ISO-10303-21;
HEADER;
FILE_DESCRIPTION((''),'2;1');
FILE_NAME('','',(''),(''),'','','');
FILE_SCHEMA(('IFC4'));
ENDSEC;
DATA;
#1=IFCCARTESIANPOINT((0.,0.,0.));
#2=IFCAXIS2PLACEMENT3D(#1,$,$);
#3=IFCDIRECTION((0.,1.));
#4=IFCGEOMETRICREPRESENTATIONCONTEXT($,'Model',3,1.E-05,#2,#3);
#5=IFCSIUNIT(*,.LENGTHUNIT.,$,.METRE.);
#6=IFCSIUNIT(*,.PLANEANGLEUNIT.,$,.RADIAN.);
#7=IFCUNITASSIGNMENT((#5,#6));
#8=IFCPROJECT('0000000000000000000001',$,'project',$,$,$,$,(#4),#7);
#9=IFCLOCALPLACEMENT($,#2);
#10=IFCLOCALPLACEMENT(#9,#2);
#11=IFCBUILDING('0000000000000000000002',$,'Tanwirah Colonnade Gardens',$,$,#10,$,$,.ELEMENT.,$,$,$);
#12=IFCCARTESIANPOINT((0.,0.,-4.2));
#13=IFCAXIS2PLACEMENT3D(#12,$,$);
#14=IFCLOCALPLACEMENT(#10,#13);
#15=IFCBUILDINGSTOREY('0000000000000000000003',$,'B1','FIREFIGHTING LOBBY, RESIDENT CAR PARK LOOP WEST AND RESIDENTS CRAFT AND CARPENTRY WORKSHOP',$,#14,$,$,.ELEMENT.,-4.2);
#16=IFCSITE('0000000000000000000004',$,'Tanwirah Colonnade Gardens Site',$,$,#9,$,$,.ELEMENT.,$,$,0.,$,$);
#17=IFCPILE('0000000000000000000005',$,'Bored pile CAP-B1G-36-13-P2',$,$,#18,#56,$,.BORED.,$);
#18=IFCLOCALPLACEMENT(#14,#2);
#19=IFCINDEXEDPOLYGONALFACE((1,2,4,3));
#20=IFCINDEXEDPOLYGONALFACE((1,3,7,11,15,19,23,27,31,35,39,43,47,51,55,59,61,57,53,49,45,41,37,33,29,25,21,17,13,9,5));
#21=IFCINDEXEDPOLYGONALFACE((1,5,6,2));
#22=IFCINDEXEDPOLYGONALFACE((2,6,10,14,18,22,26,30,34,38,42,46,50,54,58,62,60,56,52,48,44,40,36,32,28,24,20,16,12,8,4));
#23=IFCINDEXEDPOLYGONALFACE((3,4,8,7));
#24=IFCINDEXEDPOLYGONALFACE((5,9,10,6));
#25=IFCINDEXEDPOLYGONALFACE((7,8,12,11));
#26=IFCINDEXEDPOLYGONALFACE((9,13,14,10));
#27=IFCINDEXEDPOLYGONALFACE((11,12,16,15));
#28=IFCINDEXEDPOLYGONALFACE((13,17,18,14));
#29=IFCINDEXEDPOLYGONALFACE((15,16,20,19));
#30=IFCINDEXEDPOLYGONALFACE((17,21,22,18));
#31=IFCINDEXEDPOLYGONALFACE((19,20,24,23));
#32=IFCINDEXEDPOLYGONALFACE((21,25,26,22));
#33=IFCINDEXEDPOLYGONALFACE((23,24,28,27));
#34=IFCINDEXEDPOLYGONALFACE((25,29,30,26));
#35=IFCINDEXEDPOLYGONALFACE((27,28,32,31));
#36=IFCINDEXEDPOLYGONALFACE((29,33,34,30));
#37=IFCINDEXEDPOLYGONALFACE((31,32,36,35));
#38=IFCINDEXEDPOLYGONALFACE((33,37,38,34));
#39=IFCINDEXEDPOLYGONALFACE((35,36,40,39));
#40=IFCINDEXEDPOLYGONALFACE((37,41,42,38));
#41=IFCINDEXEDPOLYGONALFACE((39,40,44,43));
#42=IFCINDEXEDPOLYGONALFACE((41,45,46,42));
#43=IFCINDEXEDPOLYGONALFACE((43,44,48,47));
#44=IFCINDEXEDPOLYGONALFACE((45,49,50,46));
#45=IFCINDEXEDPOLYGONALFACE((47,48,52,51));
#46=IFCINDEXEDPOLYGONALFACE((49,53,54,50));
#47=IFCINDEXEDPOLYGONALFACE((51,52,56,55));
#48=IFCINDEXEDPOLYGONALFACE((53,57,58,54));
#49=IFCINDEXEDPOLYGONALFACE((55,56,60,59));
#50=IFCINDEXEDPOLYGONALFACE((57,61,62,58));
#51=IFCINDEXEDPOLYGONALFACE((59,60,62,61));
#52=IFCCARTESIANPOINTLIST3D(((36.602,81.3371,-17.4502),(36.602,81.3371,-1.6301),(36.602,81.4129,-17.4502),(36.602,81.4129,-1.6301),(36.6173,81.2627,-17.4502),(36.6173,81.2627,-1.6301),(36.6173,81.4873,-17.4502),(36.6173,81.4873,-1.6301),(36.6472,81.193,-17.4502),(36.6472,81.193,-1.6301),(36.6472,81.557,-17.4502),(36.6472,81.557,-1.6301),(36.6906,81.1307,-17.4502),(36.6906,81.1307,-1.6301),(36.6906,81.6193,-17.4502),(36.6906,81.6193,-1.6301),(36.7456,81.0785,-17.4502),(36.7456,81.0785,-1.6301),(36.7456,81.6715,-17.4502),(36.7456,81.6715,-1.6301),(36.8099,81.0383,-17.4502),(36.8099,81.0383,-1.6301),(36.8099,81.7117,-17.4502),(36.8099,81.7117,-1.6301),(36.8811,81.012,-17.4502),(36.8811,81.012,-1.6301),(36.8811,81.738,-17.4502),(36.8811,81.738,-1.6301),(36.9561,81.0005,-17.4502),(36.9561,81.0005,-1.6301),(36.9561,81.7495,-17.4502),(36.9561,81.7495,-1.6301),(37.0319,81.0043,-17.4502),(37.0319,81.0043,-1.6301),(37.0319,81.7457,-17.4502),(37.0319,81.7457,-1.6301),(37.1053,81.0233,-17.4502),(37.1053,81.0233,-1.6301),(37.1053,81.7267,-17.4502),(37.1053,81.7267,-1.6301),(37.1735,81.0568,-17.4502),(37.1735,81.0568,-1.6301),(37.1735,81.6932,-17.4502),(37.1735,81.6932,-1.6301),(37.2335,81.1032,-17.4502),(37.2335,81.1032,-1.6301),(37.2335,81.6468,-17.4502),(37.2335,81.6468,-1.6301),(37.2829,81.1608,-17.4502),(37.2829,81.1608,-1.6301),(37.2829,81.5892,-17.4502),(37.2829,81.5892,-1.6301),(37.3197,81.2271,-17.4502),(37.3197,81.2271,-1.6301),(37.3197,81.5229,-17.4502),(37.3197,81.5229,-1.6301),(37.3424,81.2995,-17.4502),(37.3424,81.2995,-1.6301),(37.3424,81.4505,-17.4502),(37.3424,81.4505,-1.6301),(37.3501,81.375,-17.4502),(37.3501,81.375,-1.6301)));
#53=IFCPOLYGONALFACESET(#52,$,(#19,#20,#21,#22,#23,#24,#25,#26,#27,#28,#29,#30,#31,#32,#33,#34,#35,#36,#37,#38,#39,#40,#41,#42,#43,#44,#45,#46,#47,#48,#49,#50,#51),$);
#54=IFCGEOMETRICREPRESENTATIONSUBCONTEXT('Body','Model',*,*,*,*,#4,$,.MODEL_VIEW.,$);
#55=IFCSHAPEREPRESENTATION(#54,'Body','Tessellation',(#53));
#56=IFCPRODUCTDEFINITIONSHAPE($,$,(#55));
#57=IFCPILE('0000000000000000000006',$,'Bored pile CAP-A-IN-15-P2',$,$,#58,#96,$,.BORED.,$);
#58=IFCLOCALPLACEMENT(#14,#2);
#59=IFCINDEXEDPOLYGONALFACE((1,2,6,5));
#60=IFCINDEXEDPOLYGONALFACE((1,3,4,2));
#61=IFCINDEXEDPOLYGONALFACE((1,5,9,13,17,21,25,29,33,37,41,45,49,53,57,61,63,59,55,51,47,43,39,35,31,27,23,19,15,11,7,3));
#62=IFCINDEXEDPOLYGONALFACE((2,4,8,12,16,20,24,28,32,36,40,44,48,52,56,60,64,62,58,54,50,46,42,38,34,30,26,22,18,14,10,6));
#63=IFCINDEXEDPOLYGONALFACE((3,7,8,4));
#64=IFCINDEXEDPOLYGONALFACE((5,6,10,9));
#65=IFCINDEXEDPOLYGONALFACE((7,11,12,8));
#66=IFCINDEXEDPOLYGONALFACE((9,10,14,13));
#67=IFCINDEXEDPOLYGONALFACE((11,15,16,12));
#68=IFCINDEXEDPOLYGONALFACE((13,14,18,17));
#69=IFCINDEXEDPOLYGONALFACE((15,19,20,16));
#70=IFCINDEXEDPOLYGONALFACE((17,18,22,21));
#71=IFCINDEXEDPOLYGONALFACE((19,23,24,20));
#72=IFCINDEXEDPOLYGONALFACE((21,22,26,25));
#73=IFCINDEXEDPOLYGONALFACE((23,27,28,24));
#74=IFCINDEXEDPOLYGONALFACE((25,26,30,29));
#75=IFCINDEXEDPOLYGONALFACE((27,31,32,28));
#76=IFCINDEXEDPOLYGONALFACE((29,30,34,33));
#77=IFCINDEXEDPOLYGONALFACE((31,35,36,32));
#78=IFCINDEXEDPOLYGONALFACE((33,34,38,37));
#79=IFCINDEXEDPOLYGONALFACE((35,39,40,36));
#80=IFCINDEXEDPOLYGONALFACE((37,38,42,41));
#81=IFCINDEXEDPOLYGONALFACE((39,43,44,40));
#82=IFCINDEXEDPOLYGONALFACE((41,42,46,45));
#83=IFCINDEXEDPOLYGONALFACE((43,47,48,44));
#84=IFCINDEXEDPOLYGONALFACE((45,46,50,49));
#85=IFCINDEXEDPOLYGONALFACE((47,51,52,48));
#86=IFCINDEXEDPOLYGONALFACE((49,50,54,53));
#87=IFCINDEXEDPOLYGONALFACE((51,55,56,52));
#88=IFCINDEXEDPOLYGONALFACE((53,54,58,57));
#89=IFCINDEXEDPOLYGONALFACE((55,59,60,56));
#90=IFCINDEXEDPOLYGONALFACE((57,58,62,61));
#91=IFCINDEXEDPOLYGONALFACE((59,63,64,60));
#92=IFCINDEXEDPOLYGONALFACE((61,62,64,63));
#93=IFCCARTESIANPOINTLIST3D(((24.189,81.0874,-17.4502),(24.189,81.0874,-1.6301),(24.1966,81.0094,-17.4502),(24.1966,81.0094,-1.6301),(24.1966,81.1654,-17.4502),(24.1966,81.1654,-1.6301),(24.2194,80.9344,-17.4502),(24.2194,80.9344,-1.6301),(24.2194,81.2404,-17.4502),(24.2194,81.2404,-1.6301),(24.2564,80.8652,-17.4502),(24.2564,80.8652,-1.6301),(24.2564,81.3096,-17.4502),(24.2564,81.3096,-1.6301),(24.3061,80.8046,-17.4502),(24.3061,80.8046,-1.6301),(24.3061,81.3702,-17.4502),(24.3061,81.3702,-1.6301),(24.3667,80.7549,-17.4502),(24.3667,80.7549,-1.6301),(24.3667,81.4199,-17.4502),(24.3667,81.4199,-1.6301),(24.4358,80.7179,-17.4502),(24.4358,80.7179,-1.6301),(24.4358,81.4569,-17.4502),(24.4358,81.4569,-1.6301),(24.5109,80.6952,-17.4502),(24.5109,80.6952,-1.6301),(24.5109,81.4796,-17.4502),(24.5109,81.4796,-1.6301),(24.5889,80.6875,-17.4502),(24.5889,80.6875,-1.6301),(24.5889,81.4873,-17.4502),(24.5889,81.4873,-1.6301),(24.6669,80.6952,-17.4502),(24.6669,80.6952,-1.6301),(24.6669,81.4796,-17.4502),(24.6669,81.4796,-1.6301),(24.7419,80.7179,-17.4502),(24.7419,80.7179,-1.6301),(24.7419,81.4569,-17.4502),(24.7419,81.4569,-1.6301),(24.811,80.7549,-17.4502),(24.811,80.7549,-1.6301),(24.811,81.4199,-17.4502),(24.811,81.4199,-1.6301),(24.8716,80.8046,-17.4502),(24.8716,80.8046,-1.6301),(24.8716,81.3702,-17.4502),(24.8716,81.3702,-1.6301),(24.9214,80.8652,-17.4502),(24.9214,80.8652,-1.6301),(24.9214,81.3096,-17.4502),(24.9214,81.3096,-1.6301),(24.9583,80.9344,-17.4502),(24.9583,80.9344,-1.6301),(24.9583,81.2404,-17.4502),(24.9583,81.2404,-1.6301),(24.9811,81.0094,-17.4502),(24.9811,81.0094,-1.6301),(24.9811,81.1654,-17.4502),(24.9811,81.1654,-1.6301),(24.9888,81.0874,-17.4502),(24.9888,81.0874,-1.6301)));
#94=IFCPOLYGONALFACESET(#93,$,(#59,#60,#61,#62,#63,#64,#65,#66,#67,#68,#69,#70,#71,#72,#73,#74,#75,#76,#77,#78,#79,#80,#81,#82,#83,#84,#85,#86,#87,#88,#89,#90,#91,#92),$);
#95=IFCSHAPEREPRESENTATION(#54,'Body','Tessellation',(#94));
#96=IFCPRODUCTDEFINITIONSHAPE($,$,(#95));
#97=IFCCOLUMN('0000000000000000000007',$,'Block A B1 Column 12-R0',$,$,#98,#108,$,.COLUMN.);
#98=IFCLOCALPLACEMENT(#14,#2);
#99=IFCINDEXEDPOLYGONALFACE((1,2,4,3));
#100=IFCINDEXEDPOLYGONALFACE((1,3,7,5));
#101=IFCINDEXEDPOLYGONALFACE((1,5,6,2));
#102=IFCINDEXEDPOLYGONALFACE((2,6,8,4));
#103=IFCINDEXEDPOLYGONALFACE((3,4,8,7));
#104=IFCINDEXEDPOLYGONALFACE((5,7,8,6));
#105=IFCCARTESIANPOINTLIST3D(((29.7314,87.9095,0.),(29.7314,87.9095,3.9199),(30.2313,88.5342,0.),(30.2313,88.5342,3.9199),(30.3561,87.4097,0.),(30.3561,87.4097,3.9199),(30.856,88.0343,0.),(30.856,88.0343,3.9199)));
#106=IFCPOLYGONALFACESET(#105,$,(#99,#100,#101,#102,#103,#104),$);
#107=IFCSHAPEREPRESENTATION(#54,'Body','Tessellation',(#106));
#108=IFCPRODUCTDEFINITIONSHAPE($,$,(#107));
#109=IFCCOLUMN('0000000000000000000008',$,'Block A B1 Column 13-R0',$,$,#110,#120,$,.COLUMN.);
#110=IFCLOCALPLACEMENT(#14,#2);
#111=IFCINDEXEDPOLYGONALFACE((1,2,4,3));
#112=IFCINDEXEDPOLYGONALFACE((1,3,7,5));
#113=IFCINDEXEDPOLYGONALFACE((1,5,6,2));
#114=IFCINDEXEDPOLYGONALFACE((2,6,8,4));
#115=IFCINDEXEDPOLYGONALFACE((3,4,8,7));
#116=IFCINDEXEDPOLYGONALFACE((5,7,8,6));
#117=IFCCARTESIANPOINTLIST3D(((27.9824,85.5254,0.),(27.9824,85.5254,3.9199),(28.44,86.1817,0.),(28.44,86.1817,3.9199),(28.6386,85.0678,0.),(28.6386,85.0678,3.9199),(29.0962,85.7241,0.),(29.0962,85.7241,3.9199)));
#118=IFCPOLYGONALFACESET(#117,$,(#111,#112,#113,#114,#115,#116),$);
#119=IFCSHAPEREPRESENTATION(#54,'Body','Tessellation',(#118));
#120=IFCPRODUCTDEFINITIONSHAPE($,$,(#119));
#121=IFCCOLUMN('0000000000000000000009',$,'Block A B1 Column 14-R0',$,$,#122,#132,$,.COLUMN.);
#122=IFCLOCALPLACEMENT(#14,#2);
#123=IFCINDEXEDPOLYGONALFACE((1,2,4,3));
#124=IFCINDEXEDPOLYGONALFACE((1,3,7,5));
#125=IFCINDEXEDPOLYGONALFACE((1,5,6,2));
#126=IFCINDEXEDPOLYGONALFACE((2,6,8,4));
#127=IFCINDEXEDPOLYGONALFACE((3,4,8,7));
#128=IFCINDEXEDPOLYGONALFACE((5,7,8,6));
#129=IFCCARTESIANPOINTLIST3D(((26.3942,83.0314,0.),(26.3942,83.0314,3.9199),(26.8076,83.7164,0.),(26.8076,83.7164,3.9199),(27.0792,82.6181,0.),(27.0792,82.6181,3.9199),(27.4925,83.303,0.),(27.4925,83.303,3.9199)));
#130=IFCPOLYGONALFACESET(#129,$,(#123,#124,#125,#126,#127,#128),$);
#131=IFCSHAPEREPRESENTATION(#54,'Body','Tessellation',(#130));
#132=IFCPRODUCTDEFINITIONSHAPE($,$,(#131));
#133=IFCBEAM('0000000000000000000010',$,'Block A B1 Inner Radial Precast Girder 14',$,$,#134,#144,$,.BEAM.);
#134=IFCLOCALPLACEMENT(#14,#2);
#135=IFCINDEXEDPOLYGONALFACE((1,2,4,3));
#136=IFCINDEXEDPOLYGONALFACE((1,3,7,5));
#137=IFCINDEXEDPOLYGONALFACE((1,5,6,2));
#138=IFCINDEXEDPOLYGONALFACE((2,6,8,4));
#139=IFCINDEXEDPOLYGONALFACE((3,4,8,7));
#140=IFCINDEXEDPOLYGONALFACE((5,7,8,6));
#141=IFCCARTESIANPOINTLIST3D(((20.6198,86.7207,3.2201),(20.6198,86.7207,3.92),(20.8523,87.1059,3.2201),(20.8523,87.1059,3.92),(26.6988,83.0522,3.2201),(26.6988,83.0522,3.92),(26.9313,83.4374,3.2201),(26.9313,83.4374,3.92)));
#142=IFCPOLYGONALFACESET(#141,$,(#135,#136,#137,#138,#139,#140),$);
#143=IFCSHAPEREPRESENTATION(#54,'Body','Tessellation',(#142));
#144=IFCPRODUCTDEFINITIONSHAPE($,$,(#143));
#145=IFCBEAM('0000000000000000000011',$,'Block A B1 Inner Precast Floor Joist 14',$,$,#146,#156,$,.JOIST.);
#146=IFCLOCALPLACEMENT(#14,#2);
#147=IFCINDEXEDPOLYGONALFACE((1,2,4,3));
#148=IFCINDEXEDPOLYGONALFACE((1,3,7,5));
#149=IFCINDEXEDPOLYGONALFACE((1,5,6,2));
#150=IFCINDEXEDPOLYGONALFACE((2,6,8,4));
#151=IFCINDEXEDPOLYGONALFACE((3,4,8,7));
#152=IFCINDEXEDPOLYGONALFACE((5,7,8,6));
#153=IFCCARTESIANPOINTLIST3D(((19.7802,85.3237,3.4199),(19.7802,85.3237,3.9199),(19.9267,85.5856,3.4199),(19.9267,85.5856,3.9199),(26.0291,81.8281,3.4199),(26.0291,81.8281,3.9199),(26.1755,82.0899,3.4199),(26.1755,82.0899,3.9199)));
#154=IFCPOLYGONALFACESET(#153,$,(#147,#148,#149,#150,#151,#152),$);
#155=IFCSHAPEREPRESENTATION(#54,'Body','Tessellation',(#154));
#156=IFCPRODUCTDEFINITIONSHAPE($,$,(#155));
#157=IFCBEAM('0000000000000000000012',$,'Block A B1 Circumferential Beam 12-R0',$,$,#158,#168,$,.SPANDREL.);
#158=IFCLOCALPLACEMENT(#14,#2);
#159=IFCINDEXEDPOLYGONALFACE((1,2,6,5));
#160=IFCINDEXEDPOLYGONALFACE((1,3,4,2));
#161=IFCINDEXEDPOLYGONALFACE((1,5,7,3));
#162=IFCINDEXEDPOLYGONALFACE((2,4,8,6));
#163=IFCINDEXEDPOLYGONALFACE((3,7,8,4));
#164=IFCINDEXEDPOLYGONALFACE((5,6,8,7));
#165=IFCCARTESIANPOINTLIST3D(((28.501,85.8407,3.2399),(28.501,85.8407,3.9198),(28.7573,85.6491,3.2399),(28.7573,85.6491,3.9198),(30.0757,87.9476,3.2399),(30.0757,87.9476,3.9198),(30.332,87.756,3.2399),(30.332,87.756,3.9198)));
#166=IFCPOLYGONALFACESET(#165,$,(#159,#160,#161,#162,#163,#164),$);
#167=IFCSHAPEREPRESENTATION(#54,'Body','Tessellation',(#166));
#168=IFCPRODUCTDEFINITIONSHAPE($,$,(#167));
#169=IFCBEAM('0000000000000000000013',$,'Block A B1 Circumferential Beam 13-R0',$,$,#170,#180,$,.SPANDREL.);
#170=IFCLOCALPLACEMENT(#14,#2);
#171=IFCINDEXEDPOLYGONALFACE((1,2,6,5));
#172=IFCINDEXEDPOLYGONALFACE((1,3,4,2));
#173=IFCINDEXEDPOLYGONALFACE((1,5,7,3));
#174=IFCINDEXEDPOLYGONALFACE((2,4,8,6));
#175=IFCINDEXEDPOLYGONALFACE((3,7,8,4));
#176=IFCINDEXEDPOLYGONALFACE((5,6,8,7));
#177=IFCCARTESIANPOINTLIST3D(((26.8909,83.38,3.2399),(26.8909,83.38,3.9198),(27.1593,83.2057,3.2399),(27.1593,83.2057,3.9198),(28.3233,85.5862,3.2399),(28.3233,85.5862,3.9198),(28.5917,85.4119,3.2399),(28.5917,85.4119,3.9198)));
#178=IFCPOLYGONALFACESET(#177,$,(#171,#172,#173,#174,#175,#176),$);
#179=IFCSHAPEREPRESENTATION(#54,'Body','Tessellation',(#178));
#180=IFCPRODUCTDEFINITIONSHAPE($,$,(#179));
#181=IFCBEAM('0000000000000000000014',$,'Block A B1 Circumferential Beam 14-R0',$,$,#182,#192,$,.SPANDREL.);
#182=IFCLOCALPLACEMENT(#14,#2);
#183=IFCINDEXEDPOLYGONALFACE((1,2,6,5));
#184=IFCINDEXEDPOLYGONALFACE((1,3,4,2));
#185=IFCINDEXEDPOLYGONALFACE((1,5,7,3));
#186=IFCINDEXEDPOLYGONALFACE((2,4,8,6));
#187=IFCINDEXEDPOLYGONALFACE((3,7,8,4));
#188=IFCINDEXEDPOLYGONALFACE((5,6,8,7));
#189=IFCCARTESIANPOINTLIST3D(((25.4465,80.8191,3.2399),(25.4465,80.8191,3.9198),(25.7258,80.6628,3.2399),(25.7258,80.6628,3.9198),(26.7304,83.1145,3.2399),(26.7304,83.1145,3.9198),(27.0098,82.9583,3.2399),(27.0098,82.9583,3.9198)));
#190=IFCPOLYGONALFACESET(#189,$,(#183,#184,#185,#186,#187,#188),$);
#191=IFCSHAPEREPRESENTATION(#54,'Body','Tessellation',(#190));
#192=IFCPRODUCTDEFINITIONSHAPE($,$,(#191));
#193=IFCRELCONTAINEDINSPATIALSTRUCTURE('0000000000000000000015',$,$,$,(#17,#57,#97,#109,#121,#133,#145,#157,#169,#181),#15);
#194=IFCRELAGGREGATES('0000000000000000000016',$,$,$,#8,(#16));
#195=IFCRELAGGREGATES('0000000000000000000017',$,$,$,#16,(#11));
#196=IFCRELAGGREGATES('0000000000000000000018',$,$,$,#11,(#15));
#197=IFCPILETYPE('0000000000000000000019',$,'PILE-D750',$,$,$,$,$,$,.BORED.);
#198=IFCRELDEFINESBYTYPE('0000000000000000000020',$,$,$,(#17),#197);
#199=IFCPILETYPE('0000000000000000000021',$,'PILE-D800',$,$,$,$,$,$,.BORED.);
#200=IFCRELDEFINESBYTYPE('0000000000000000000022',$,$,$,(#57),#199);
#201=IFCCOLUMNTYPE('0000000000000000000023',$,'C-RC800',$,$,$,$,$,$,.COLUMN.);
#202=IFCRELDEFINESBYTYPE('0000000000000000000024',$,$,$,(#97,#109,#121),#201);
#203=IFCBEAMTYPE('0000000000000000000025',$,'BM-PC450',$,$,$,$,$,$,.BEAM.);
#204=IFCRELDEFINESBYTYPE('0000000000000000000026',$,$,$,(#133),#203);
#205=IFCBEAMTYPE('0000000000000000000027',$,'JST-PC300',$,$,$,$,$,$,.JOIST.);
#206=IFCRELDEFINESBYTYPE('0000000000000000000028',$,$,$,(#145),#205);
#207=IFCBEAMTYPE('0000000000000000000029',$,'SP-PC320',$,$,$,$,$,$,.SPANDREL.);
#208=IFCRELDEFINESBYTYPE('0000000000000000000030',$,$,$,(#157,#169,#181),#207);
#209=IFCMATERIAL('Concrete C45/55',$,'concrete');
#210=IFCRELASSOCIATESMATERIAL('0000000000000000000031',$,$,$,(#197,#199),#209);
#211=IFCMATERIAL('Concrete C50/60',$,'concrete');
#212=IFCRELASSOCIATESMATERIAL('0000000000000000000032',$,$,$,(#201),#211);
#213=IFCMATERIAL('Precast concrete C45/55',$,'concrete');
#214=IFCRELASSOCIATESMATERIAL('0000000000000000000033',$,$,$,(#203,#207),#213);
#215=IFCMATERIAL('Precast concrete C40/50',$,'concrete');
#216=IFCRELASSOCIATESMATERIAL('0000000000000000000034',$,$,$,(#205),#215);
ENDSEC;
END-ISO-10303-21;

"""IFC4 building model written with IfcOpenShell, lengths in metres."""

from ifc_helpers import new_model, si_unit, direction, frame, origin, origin_2d, place, context, subcontext, project, spatial, rectangle, circle, extrude, material, material_profile, profile_set, type_object, element, save


model = new_model("IFC4")

# Units and contexts
model_context = context("Model", 3, precision=1e-05, world=origin(), true_north=direction((0.0, 1.0)))
body_context = subcontext(model_context, "Body", "Model", "MODEL_VIEW")
ifc_project = project(units=[si_unit("LENGTHUNIT", "METRE"), si_unit("PLANEANGLEUNIT", "RADIAN")], contexts=[model_context])

# Site, building, storey
site_placement = place(None, origin())
site = spatial("IfcSite", under=ifc_project, at=site_placement, Name="Tanwirah Colonnade Gardens Site", CompositionType="ELEMENT", RefElevation=0.0)
building_placement = place(site_placement, origin())
building = spatial("IfcBuilding", under=site, at=building_placement, Name="Tanwirah Colonnade Gardens", CompositionType="ELEMENT")
storey_placement = place(building_placement, frame((0.0, 0.0, -4.2)))
storey = spatial("IfcBuildingStorey", under=building, at=storey_placement, Name="B1", Description="FIREFIGHTING LOBBY, RESIDENT CAR PARK LOOP WEST AND RESIDENTS CRAFT AND CARPENTRY WORKSHOP", CompositionType="ELEMENT", Elevation=-4.2)

# Shared definitions
ifc_material_1 = material(Name="Concrete C45/55", Category="concrete")

# Piles
ifc_material_profile_1 = material_profile(ifc_material_1, circle(Radius=0.375, at=origin_2d()), Name="PILE D750")
ifc_profile_set_1 = profile_set([ifc_material_profile_1], Name="Concrete C45/55")
pile_type_1 = type_object("IfcPileType", Name="PILE-D750", PredefinedType="BORED", material=ifc_profile_set_1)
pile_1_placement = place(storey_placement, frame((36.9751, 81.375, -1.6301), z_axis=(0.0, 0.0, -1.0), x_axis=(1.0, 0.0, 0.0)))
element("IfcPile", 1, at=pile_1_placement, inside=storey, type_object=pile_type_1, Name="Bored pile CAP-B1G-36-13-P2", PredefinedType="BORED", context=body_context, shape_type="SweptSolid", body=[
    extrude(circle(Radius=0.375, at=origin_2d()), origin(), (0.0, 0.0, 1.0), 15.8201),
])
ifc_material_profile_2 = material_profile(ifc_material_1, circle(Radius=0.3999, at=origin_2d()), Name="PILE D800")
ifc_profile_set_2 = profile_set([ifc_material_profile_2], Name="Concrete C45/55")
pile_type_2 = type_object("IfcPileType", Name="PILE-D800", PredefinedType="BORED", material=ifc_profile_set_2)
pile_2_placement = place(storey_placement, frame((24.5889, 81.0874, -1.6301), z_axis=(0.0, 0.0, -1.0), x_axis=(1.0, 0.0, 0.0)))
element("IfcPile", 2, at=pile_2_placement, inside=storey, type_object=pile_type_2, Name="Bored pile CAP-A-IN-15-P2", PredefinedType="BORED", context=body_context, shape_type="SweptSolid", body=[
    extrude(circle(Radius=0.3999, at=origin_2d()), origin(), (0.0, 0.0, 1.0), 15.8201),
])

# Columns
ifc_material_2 = material(Name="Concrete C50/60", Category="concrete")
ifc_material_profile_3 = material_profile(ifc_material_2, rectangle(XDim=0.8, YDim=0.8, at=origin_2d()), Name="RC-COL 800x800")
ifc_profile_set_3 = profile_set([ifc_material_profile_3], Name="Concrete C50/60")
column_type = type_object("IfcColumnType", Name="C-RC800", PredefinedType="COLUMN", material=ifc_profile_set_3)
for number, where, z_axis, x_axis, name in (
    (3, (30.2937, 87.9719, 0.0), (0.0, 0.0, 1.0), (-0.780794, 0.624788, 0.0), "Block A B1 Column 12-R0"),
    (4, (28.5393, 85.6248, 0.0), (0.0, 0.0, 1.0), (-0.820263, 0.571987, 0.0), "Block A B1 Column 13-R0"),
    (5, (26.9434, 83.1672, 0.0), (0.0, 0.0, 1.0), (-0.856167, 0.516699, 0.0), "Block A B1 Column 14-R0"),
):
    element("IfcColumn", number, at=place(storey_placement, frame(where, z_axis=z_axis, x_axis=x_axis)), inside=storey, type_object=column_type, Name=name, PredefinedType="COLUMN", context=body_context, shape_type="SweptSolid", body=[
        extrude(rectangle(XDim=0.8, YDim=0.8, at=origin_2d()), origin(), (0.0, 0.0, 1.0), 3.9199),
    ])

# Beams
ifc_material_3 = material(Name="Precast concrete C45/55", Category="concrete")
ifc_material_profile_4 = material_profile(ifc_material_3, rectangle(XDim=0.45, YDim=0.7, at=origin_2d()), Name="PC-BM 450x700")
ifc_profile_set_4 = profile_set([ifc_material_profile_4], Name="Precast concrete C45/55")
beam_type_1 = type_object("IfcBeamType", Name="BM-PC450", PredefinedType="BEAM", material=ifc_profile_set_4)
beam_1_placement = place(storey_placement, frame((20.7361, 86.9133, 3.5701), z_axis=(0.856176, -0.516684, 0.0), x_axis=(0.516684, 0.856176, 0.0)))
element("IfcBeam", 6, at=beam_1_placement, inside=storey, type_object=beam_type_1, Name="Block A B1 Inner Radial Precast Girder 14", PredefinedType="BEAM", context=body_context, shape_type="SweptSolid", body=[
    extrude(rectangle(XDim=0.45, YDim=0.7, at=origin_2d()), origin(), (0.0, 0.0, 1.0), 7.1001),
])
ifc_material_4 = material(Name="Precast concrete C40/50", Category="concrete")
ifc_material_profile_5 = material_profile(ifc_material_4, rectangle(XDim=0.3, YDim=0.5, at=origin_2d()), Name="PC-JST 300x500")
ifc_profile_set_5 = profile_set([ifc_material_profile_5], Name="Precast concrete C40/50")
beam_type_2 = type_object("IfcBeamType", Name="JST-PC300", PredefinedType="JOIST", material=ifc_profile_set_5)
beam_2_placement = place(storey_placement, frame((26.1023, 81.959, 3.6699), z_axis=(-0.872727, 0.488209, 0.0), x_axis=(-0.488209, -0.872727, 0.0)))
element("IfcBeam", 7, at=beam_2_placement, inside=storey, type_object=beam_type_2, Name="Block A B1 Inner Precast Floor Joist 14", PredefinedType="JOIST", context=body_context, shape_type="SweptSolid", body=[
    extrude(rectangle(XDim=0.3, YDim=0.5, at=origin_2d()), origin(), (0.0, 0.0, 1.0), 7.1602),
])
ifc_material_profile_6 = material_profile(ifc_material_3, rectangle(XDim=0.3201, YDim=0.6799, at=origin_2d()), Name="PC-SP 320x680")
ifc_profile_set_6 = profile_set([ifc_material_profile_6], Name="Precast concrete C45/55")
beam_type_3 = type_object("IfcBeamType", Name="SP-PC320", PredefinedType="SPANDREL", material=ifc_profile_set_6)
for number, where, z_axis, x_axis, name in (
    (8, (30.2039, 87.8518, 3.5798), (-0.598663, -0.801001, 0.0), (0.801001, -0.598663, 0.0), "Block A B1 Circumferential Beam 12-R0"),
    (9, (28.4575, 85.499, 3.5798), (-0.544571, -0.838715, 0.0), (0.838715, -0.544571, 0.0), "Block A B1 Circumferential Beam 13-R0"),
):
    element("IfcBeam", number, at=place(storey_placement, frame(where, z_axis=z_axis, x_axis=x_axis)), inside=storey, type_object=beam_type_3, Name=name, PredefinedType="SPANDREL", context=body_context, shape_type="SweptSolid", body=[
        extrude(rectangle(XDim=0.3201, YDim=0.6799, at=origin_2d()), origin(), (0.0, 0.0, 1.0), 2.6304),
    ])
beam_3_placement = place(storey_placement, frame((26.8701, 83.0364, 3.5798), z_axis=(-0.488171, -0.872748, 0.0), x_axis=(0.872748, -0.488171, 0.0)))
element("IfcBeam", 10, at=beam_3_placement, inside=storey, type_object=beam_type_3, Name="Block A B1 Circumferential Beam 14-R0", PredefinedType="SPANDREL", context=body_context, shape_type="SweptSolid", body=[
    extrude(rectangle(XDim=0.3201, YDim=0.6799, at=origin_2d()), origin(), (0.0, 0.0, 1.0), 2.6301),
])

save(model, "model.ifc")
